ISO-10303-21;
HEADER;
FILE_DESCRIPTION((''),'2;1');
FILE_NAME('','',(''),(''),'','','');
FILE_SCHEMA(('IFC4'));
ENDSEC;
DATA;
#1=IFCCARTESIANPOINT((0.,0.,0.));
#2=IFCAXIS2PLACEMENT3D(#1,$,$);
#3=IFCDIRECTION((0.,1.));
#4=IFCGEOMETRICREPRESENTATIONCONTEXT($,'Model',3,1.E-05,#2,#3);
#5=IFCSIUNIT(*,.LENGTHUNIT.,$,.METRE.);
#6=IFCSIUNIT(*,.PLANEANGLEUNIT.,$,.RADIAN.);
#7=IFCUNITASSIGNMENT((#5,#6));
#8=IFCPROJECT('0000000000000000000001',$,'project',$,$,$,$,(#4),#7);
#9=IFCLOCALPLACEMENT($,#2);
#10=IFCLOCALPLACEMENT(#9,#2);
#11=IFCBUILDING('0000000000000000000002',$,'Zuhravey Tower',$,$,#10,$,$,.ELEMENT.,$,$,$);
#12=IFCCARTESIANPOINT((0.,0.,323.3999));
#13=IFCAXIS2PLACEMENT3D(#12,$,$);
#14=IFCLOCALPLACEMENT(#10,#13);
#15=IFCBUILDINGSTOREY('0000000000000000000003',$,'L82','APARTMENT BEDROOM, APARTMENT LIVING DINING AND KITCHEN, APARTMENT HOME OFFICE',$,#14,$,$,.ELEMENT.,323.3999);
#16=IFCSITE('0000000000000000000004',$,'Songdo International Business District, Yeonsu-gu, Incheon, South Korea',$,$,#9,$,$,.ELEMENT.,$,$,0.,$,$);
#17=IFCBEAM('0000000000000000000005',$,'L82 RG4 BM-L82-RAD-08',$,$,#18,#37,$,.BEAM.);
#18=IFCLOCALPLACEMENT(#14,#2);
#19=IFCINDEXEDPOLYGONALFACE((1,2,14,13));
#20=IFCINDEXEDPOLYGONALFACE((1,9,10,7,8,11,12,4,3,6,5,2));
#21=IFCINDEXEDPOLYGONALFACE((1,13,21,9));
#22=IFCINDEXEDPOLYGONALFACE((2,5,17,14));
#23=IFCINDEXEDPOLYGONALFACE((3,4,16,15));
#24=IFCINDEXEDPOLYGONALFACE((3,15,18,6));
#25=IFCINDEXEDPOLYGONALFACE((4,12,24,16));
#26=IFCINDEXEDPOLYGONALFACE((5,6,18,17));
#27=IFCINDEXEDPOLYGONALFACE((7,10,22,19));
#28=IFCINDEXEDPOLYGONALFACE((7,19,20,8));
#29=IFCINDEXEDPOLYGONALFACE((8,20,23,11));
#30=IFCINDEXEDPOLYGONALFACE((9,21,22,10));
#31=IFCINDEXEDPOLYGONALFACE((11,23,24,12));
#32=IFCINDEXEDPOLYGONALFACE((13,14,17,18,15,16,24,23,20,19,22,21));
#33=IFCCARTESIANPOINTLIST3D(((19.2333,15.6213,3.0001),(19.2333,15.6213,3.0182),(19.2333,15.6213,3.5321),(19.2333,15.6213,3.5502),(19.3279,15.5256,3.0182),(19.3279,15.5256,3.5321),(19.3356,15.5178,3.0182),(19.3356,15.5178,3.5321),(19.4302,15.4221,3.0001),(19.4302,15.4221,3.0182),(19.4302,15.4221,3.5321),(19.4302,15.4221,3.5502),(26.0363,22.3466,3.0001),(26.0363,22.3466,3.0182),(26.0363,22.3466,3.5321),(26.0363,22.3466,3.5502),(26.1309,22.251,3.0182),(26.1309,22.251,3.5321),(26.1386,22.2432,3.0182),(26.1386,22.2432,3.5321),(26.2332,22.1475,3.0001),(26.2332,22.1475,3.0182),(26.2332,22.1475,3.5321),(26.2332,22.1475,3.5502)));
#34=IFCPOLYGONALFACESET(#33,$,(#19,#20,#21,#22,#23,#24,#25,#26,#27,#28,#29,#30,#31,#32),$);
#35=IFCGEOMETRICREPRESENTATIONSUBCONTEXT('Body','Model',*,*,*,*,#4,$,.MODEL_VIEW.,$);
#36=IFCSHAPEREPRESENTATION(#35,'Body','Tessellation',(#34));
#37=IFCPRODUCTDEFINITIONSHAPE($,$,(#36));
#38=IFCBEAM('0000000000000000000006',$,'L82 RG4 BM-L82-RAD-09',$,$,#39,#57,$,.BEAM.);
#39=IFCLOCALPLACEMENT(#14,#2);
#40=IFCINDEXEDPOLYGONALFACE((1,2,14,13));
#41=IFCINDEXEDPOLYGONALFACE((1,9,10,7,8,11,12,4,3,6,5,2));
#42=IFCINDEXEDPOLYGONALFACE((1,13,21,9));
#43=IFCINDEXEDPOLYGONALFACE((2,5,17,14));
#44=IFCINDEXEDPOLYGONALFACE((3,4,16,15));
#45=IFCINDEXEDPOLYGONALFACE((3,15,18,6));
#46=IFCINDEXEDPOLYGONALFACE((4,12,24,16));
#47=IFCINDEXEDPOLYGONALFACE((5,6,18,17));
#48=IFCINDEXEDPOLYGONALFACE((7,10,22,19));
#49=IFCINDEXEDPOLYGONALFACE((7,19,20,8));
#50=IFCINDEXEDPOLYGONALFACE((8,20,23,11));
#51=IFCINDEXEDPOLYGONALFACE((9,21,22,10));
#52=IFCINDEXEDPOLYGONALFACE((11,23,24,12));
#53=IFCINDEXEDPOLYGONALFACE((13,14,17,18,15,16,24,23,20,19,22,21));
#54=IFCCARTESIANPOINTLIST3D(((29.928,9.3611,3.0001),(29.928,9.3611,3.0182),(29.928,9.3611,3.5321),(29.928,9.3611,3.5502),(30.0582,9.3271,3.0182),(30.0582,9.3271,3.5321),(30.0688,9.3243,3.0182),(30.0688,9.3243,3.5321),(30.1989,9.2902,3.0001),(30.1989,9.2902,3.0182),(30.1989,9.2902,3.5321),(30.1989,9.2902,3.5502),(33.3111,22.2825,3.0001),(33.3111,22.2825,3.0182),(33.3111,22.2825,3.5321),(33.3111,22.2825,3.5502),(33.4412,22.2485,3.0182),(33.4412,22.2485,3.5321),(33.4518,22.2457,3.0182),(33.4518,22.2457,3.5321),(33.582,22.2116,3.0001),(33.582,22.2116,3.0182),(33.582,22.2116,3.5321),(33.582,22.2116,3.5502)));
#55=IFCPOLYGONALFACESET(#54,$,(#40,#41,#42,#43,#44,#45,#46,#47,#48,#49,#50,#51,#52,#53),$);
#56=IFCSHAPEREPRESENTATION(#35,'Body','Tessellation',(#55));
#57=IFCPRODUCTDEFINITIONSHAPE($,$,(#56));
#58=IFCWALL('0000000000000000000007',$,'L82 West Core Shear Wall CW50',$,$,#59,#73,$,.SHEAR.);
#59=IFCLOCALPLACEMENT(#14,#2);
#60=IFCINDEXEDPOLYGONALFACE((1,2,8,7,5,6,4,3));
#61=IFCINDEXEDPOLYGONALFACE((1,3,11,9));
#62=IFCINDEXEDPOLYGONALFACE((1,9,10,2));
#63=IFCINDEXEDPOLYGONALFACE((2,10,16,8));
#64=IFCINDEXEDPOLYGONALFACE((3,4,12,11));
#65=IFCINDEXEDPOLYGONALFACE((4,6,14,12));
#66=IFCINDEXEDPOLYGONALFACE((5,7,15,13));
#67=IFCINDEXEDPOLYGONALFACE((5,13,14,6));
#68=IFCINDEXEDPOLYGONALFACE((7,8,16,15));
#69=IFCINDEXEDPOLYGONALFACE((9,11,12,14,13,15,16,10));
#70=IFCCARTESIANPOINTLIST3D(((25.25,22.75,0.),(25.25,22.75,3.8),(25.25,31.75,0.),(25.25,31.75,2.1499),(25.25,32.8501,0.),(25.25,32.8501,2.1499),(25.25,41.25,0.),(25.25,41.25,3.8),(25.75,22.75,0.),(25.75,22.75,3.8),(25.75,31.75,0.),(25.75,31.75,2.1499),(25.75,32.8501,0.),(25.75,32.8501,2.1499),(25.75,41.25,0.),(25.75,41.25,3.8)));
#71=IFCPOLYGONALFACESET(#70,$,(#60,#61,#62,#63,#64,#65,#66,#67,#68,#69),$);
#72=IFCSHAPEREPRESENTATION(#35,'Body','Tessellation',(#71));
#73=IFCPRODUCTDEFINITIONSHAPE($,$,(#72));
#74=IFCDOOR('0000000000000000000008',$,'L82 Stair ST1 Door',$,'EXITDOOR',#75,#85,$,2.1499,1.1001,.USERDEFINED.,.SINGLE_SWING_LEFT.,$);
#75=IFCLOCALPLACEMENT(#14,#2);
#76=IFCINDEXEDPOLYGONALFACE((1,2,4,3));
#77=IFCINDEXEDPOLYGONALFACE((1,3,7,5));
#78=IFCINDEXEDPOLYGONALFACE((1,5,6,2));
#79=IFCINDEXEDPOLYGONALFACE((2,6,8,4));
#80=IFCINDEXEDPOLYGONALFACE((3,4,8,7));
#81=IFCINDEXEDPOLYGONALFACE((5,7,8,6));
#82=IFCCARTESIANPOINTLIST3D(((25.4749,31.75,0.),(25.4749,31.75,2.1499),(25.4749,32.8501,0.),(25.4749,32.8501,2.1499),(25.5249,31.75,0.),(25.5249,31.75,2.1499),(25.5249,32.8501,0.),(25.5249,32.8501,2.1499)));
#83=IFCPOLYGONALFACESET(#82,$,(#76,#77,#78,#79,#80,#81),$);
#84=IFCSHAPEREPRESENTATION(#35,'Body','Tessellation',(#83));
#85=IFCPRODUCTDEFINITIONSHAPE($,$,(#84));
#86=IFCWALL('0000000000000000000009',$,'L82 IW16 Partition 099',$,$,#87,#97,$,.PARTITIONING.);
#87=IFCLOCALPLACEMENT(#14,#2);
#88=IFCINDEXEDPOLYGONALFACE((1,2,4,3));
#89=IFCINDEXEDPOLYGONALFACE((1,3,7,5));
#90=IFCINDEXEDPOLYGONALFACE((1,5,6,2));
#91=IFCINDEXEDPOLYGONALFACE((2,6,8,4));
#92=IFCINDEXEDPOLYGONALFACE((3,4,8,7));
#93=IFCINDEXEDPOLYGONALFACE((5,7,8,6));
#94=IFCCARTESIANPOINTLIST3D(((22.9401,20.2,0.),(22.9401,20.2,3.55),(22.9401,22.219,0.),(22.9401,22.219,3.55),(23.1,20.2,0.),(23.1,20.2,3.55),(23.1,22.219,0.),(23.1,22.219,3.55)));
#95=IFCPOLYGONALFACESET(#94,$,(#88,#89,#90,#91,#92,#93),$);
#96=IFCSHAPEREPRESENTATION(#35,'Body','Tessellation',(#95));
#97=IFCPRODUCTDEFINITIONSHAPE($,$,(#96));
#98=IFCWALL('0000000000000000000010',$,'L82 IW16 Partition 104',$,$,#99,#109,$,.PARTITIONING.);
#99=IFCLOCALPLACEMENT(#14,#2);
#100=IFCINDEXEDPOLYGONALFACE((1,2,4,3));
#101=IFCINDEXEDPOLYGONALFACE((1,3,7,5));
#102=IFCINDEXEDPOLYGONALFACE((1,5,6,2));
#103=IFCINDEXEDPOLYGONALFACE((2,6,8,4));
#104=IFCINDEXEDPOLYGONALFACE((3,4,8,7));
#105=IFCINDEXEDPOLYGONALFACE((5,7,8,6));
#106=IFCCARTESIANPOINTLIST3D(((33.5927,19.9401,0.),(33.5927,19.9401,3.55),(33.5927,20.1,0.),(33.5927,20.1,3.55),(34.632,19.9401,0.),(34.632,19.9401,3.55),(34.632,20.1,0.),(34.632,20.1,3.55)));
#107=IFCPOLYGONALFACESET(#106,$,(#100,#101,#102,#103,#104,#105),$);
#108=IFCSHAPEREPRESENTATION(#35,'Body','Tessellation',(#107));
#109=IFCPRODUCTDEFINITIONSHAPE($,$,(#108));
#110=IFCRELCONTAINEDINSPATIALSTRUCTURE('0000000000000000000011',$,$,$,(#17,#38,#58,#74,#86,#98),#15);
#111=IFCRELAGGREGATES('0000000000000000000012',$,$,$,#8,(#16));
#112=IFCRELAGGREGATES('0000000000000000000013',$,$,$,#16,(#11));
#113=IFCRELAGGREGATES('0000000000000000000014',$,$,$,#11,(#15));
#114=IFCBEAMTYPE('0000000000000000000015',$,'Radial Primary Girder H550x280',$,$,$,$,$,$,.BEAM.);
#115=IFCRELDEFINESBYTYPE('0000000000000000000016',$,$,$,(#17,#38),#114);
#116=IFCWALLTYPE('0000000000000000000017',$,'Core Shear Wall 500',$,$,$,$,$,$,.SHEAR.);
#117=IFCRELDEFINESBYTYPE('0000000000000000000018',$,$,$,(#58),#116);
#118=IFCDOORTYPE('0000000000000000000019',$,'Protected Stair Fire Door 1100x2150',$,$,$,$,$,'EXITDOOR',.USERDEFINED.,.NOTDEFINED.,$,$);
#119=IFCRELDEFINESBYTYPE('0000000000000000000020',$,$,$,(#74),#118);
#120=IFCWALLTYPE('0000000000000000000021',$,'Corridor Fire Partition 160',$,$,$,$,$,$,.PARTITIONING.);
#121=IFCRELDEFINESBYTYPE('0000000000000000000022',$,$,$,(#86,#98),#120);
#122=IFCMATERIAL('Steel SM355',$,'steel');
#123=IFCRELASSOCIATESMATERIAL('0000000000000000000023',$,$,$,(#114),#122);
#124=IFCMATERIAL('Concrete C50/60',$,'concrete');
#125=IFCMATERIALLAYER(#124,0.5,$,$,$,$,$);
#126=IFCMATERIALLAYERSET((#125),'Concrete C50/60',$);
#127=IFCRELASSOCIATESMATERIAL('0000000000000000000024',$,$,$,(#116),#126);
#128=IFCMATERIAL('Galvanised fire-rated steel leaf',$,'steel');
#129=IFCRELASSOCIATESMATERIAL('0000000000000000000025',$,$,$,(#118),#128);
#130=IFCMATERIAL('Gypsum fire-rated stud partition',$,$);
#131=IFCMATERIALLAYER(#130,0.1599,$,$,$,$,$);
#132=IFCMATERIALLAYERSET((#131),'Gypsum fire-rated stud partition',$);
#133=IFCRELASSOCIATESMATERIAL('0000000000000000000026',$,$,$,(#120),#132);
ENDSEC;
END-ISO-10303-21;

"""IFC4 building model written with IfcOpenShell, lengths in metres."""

from ifc_helpers import new_model, si_unit, direction, frame, frame_2d, origin, origin_2d, place, context, subcontext, project, spatial, rectangle, i_section, extrude, material, layer, layer_set, material_profile, profile_set, type_object, element, fill, save


model = new_model("IFC4")

# Units and contexts
model_context = context("Model", 3, precision=1e-05, world=origin(), true_north=direction((0.0, 1.0)))
body_context = subcontext(model_context, "Body", "Model", "MODEL_VIEW")
ifc_project = project(units=[si_unit("LENGTHUNIT", "METRE"), si_unit("PLANEANGLEUNIT", "RADIAN")], contexts=[model_context])

# Site, building, storey
site_placement = place(None, origin())
site = spatial("IfcSite", under=ifc_project, at=site_placement, Name="Songdo International Business District, Yeonsu-gu, Incheon, South Korea", CompositionType="ELEMENT", RefElevation=0.0)
building_placement = place(site_placement, origin())
building = spatial("IfcBuilding", under=site, at=building_placement, Name="Zuhravey Tower", CompositionType="ELEMENT")
storey_placement = place(building_placement, frame((0.0, 0.0, 323.3999)))
storey = spatial("IfcBuildingStorey", under=building, at=storey_placement, Name="L82", Description="APARTMENT BEDROOM, APARTMENT LIVING DINING AND KITCHEN, APARTMENT HOME OFFICE", CompositionType="ELEMENT", Elevation=323.3999)

# Beams
ifc_material_1 = material(Name="Steel SM355", Category="steel")
ifc_material_profile = material_profile(ifc_material_1, i_section(OverallWidth=0.28, OverallDepth=0.55, WebThickness=0.011, FlangeThickness=0.0181, at=origin_2d()), Name="H-550x280x11x18")
ifc_profile_set = profile_set([ifc_material_profile], Name="Steel SM355")
beam_type = type_object("IfcBeamType", Name="Radial Primary Girder H550x280", PredefinedType="BEAM", material=ifc_profile_set)
beam_1_placement = place(storey_placement, frame((26.1348, 22.2471, 3.2751), z_axis=(-0.711153, -0.703037, 0.0), x_axis=(0.703037, -0.711153, 0.0)))
element("IfcBeam", 1, at=beam_1_placement, inside=storey, type_object=beam_type, Name="L82 RG4 BM-L82-RAD-08", PredefinedType="BEAM", context=body_context, shape_type="SweptSolid", body=[
    extrude(i_section(OverallWidth=0.28, OverallDepth=0.55, WebThickness=0.011, FlangeThickness=0.0181, at=origin_2d()), origin(), (0.0, 0.0, 1.0), 9.5662),
])
beam_2_placement = place(storey_placement, frame((33.4465, 22.2471, 3.2751), z_axis=(-0.253281, -0.967393, 0.0), x_axis=(0.967393, -0.253281, 0.0)))
element("IfcBeam", 2, at=beam_2_placement, inside=storey, type_object=beam_type, Name="L82 RG4 BM-L82-RAD-09", PredefinedType="BEAM", context=body_context, shape_type="SweptSolid", body=[
    extrude(i_section(OverallWidth=0.28, OverallDepth=0.55, WebThickness=0.011, FlangeThickness=0.0181, at=origin_2d()), origin(), (0.0, 0.0, 1.0), 13.3569),
])

# Wall, opening, door
ifc_material_2 = material(Name="Concrete C50/60", Category="concrete")
ifc_layer_1 = layer(ifc_material_2, 0.5)
ifc_layer_set_1 = layer_set([ifc_layer_1], Name="Concrete C50/60")
wall_type_1 = type_object("IfcWallType", Name="Core Shear Wall 500", PredefinedType="SHEAR", material=ifc_layer_set_1)
ifc_material_3 = material(Name="Galvanised fire-rated steel leaf", Category="steel")
wall_1_placement = place(storey_placement, frame((25.5, 22.75, 0.0), z_axis=(0.0, 0.0, 1.0), x_axis=(0.0, 1.0, 0.0)))
wall_1 = element("IfcWall", 3, at=wall_1_placement, inside=storey, type_object=wall_type_1, Name="L82 West Core Shear Wall CW50", PredefinedType="SHEAR", context=body_context, shape_type="SweptSolid", body=[
    extrude(rectangle(XDim=18.5, YDim=0.5, at=frame_2d((9.25, 0.0))), origin(), (0.0, 0.0, 1.0), 3.8),
])
opening_1_placement = place(wall_1_placement, frame((9.0, 0.0, 0.0)))
opening_1 = element("IfcOpeningElement", 4, at=opening_1_placement, cuts=wall_1, PredefinedType="OPENING", context=body_context, shape_type="SweptSolid", body=[
    extrude(rectangle(XDim=1.1001, YDim=2.1499, at=frame_2d((0.55, 1.075))), frame((0.0, 0.262, 0.0), z_axis=(0.0, -1.0, 0.0), x_axis=(1.0, 0.0, 0.0)), (0.0, 0.0, 1.0), 0.5239),
])
door_type_1 = type_object("IfcDoorType", Name="Protected Stair Fire Door 1100x2150", ElementType="EXITDOOR", OperationType="NOTDEFINED", PredefinedType="USERDEFINED", material=ifc_material_3)
door_1_placement = place(opening_1_placement, frame((1.1001, 0.0, 0.0), z_axis=(0.0, 0.0, 1.0), x_axis=(-1.0, 0.0, 0.0)))
door_1 = element("IfcDoor", 5, at=door_1_placement, inside=storey, type_object=door_type_1, Name="L82 Stair ST1 Door", ObjectType="EXITDOOR", OperationType="SINGLE_SWING_LEFT", OverallHeight=2.1499, OverallWidth=1.1001, PredefinedType="USERDEFINED", context=body_context, shape_type="SweptSolid", body=[
    extrude(rectangle(XDim=1.1001, YDim=2.1499, at=frame_2d((0.55, 1.075))), frame((0.0, 0.0249, 0.0), z_axis=(0.0, -1.0, 0.0), x_axis=(1.0, 0.0, 0.0)), (0.0, 0.0, 1.0), 0.05),
])
fill(opening_1, door_1)

# Walls
ifc_material_4 = material(Name="Gypsum fire-rated stud partition")
ifc_layer_2 = layer(ifc_material_4, 0.1599)
ifc_layer_set_2 = layer_set([ifc_layer_2], Name="Gypsum fire-rated stud partition")
wall_type_2 = type_object("IfcWallType", Name="Corridor Fire Partition 160", PredefinedType="PARTITIONING", material=ifc_layer_set_2)
wall_2_placement = place(storey_placement, frame((23.02, 22.219, 0.0), z_axis=(0.0, 0.0, 1.0), x_axis=(0.0, -1.0, 0.0)))
element("IfcWall", 6, at=wall_2_placement, inside=storey, type_object=wall_type_2, Name="L82 IW16 Partition 099", PredefinedType="PARTITIONING", context=body_context, shape_type="SweptSolid", body=[
    extrude(rectangle(XDim=2.019, YDim=0.1599, at=frame_2d((1.0095, 0.0))), origin(), (0.0, 0.0, 1.0), 3.55),
])
wall_3_placement = place(storey_placement, frame((33.5928, 20.02, 0.0), z_axis=(0.0, 0.0, 1.0), x_axis=(1.0, 0.0, 0.0)))
element("IfcWall", 7, at=wall_3_placement, inside=storey, type_object=wall_type_2, Name="L82 IW16 Partition 104", PredefinedType="PARTITIONING", context=body_context, shape_type="SweptSolid", body=[
    extrude(rectangle(XDim=1.0393, YDim=0.1599, at=frame_2d((0.5195, 0.0))), origin(), (0.0, 0.0, 1.0), 3.55),
])

save(model, "model.ifc")
